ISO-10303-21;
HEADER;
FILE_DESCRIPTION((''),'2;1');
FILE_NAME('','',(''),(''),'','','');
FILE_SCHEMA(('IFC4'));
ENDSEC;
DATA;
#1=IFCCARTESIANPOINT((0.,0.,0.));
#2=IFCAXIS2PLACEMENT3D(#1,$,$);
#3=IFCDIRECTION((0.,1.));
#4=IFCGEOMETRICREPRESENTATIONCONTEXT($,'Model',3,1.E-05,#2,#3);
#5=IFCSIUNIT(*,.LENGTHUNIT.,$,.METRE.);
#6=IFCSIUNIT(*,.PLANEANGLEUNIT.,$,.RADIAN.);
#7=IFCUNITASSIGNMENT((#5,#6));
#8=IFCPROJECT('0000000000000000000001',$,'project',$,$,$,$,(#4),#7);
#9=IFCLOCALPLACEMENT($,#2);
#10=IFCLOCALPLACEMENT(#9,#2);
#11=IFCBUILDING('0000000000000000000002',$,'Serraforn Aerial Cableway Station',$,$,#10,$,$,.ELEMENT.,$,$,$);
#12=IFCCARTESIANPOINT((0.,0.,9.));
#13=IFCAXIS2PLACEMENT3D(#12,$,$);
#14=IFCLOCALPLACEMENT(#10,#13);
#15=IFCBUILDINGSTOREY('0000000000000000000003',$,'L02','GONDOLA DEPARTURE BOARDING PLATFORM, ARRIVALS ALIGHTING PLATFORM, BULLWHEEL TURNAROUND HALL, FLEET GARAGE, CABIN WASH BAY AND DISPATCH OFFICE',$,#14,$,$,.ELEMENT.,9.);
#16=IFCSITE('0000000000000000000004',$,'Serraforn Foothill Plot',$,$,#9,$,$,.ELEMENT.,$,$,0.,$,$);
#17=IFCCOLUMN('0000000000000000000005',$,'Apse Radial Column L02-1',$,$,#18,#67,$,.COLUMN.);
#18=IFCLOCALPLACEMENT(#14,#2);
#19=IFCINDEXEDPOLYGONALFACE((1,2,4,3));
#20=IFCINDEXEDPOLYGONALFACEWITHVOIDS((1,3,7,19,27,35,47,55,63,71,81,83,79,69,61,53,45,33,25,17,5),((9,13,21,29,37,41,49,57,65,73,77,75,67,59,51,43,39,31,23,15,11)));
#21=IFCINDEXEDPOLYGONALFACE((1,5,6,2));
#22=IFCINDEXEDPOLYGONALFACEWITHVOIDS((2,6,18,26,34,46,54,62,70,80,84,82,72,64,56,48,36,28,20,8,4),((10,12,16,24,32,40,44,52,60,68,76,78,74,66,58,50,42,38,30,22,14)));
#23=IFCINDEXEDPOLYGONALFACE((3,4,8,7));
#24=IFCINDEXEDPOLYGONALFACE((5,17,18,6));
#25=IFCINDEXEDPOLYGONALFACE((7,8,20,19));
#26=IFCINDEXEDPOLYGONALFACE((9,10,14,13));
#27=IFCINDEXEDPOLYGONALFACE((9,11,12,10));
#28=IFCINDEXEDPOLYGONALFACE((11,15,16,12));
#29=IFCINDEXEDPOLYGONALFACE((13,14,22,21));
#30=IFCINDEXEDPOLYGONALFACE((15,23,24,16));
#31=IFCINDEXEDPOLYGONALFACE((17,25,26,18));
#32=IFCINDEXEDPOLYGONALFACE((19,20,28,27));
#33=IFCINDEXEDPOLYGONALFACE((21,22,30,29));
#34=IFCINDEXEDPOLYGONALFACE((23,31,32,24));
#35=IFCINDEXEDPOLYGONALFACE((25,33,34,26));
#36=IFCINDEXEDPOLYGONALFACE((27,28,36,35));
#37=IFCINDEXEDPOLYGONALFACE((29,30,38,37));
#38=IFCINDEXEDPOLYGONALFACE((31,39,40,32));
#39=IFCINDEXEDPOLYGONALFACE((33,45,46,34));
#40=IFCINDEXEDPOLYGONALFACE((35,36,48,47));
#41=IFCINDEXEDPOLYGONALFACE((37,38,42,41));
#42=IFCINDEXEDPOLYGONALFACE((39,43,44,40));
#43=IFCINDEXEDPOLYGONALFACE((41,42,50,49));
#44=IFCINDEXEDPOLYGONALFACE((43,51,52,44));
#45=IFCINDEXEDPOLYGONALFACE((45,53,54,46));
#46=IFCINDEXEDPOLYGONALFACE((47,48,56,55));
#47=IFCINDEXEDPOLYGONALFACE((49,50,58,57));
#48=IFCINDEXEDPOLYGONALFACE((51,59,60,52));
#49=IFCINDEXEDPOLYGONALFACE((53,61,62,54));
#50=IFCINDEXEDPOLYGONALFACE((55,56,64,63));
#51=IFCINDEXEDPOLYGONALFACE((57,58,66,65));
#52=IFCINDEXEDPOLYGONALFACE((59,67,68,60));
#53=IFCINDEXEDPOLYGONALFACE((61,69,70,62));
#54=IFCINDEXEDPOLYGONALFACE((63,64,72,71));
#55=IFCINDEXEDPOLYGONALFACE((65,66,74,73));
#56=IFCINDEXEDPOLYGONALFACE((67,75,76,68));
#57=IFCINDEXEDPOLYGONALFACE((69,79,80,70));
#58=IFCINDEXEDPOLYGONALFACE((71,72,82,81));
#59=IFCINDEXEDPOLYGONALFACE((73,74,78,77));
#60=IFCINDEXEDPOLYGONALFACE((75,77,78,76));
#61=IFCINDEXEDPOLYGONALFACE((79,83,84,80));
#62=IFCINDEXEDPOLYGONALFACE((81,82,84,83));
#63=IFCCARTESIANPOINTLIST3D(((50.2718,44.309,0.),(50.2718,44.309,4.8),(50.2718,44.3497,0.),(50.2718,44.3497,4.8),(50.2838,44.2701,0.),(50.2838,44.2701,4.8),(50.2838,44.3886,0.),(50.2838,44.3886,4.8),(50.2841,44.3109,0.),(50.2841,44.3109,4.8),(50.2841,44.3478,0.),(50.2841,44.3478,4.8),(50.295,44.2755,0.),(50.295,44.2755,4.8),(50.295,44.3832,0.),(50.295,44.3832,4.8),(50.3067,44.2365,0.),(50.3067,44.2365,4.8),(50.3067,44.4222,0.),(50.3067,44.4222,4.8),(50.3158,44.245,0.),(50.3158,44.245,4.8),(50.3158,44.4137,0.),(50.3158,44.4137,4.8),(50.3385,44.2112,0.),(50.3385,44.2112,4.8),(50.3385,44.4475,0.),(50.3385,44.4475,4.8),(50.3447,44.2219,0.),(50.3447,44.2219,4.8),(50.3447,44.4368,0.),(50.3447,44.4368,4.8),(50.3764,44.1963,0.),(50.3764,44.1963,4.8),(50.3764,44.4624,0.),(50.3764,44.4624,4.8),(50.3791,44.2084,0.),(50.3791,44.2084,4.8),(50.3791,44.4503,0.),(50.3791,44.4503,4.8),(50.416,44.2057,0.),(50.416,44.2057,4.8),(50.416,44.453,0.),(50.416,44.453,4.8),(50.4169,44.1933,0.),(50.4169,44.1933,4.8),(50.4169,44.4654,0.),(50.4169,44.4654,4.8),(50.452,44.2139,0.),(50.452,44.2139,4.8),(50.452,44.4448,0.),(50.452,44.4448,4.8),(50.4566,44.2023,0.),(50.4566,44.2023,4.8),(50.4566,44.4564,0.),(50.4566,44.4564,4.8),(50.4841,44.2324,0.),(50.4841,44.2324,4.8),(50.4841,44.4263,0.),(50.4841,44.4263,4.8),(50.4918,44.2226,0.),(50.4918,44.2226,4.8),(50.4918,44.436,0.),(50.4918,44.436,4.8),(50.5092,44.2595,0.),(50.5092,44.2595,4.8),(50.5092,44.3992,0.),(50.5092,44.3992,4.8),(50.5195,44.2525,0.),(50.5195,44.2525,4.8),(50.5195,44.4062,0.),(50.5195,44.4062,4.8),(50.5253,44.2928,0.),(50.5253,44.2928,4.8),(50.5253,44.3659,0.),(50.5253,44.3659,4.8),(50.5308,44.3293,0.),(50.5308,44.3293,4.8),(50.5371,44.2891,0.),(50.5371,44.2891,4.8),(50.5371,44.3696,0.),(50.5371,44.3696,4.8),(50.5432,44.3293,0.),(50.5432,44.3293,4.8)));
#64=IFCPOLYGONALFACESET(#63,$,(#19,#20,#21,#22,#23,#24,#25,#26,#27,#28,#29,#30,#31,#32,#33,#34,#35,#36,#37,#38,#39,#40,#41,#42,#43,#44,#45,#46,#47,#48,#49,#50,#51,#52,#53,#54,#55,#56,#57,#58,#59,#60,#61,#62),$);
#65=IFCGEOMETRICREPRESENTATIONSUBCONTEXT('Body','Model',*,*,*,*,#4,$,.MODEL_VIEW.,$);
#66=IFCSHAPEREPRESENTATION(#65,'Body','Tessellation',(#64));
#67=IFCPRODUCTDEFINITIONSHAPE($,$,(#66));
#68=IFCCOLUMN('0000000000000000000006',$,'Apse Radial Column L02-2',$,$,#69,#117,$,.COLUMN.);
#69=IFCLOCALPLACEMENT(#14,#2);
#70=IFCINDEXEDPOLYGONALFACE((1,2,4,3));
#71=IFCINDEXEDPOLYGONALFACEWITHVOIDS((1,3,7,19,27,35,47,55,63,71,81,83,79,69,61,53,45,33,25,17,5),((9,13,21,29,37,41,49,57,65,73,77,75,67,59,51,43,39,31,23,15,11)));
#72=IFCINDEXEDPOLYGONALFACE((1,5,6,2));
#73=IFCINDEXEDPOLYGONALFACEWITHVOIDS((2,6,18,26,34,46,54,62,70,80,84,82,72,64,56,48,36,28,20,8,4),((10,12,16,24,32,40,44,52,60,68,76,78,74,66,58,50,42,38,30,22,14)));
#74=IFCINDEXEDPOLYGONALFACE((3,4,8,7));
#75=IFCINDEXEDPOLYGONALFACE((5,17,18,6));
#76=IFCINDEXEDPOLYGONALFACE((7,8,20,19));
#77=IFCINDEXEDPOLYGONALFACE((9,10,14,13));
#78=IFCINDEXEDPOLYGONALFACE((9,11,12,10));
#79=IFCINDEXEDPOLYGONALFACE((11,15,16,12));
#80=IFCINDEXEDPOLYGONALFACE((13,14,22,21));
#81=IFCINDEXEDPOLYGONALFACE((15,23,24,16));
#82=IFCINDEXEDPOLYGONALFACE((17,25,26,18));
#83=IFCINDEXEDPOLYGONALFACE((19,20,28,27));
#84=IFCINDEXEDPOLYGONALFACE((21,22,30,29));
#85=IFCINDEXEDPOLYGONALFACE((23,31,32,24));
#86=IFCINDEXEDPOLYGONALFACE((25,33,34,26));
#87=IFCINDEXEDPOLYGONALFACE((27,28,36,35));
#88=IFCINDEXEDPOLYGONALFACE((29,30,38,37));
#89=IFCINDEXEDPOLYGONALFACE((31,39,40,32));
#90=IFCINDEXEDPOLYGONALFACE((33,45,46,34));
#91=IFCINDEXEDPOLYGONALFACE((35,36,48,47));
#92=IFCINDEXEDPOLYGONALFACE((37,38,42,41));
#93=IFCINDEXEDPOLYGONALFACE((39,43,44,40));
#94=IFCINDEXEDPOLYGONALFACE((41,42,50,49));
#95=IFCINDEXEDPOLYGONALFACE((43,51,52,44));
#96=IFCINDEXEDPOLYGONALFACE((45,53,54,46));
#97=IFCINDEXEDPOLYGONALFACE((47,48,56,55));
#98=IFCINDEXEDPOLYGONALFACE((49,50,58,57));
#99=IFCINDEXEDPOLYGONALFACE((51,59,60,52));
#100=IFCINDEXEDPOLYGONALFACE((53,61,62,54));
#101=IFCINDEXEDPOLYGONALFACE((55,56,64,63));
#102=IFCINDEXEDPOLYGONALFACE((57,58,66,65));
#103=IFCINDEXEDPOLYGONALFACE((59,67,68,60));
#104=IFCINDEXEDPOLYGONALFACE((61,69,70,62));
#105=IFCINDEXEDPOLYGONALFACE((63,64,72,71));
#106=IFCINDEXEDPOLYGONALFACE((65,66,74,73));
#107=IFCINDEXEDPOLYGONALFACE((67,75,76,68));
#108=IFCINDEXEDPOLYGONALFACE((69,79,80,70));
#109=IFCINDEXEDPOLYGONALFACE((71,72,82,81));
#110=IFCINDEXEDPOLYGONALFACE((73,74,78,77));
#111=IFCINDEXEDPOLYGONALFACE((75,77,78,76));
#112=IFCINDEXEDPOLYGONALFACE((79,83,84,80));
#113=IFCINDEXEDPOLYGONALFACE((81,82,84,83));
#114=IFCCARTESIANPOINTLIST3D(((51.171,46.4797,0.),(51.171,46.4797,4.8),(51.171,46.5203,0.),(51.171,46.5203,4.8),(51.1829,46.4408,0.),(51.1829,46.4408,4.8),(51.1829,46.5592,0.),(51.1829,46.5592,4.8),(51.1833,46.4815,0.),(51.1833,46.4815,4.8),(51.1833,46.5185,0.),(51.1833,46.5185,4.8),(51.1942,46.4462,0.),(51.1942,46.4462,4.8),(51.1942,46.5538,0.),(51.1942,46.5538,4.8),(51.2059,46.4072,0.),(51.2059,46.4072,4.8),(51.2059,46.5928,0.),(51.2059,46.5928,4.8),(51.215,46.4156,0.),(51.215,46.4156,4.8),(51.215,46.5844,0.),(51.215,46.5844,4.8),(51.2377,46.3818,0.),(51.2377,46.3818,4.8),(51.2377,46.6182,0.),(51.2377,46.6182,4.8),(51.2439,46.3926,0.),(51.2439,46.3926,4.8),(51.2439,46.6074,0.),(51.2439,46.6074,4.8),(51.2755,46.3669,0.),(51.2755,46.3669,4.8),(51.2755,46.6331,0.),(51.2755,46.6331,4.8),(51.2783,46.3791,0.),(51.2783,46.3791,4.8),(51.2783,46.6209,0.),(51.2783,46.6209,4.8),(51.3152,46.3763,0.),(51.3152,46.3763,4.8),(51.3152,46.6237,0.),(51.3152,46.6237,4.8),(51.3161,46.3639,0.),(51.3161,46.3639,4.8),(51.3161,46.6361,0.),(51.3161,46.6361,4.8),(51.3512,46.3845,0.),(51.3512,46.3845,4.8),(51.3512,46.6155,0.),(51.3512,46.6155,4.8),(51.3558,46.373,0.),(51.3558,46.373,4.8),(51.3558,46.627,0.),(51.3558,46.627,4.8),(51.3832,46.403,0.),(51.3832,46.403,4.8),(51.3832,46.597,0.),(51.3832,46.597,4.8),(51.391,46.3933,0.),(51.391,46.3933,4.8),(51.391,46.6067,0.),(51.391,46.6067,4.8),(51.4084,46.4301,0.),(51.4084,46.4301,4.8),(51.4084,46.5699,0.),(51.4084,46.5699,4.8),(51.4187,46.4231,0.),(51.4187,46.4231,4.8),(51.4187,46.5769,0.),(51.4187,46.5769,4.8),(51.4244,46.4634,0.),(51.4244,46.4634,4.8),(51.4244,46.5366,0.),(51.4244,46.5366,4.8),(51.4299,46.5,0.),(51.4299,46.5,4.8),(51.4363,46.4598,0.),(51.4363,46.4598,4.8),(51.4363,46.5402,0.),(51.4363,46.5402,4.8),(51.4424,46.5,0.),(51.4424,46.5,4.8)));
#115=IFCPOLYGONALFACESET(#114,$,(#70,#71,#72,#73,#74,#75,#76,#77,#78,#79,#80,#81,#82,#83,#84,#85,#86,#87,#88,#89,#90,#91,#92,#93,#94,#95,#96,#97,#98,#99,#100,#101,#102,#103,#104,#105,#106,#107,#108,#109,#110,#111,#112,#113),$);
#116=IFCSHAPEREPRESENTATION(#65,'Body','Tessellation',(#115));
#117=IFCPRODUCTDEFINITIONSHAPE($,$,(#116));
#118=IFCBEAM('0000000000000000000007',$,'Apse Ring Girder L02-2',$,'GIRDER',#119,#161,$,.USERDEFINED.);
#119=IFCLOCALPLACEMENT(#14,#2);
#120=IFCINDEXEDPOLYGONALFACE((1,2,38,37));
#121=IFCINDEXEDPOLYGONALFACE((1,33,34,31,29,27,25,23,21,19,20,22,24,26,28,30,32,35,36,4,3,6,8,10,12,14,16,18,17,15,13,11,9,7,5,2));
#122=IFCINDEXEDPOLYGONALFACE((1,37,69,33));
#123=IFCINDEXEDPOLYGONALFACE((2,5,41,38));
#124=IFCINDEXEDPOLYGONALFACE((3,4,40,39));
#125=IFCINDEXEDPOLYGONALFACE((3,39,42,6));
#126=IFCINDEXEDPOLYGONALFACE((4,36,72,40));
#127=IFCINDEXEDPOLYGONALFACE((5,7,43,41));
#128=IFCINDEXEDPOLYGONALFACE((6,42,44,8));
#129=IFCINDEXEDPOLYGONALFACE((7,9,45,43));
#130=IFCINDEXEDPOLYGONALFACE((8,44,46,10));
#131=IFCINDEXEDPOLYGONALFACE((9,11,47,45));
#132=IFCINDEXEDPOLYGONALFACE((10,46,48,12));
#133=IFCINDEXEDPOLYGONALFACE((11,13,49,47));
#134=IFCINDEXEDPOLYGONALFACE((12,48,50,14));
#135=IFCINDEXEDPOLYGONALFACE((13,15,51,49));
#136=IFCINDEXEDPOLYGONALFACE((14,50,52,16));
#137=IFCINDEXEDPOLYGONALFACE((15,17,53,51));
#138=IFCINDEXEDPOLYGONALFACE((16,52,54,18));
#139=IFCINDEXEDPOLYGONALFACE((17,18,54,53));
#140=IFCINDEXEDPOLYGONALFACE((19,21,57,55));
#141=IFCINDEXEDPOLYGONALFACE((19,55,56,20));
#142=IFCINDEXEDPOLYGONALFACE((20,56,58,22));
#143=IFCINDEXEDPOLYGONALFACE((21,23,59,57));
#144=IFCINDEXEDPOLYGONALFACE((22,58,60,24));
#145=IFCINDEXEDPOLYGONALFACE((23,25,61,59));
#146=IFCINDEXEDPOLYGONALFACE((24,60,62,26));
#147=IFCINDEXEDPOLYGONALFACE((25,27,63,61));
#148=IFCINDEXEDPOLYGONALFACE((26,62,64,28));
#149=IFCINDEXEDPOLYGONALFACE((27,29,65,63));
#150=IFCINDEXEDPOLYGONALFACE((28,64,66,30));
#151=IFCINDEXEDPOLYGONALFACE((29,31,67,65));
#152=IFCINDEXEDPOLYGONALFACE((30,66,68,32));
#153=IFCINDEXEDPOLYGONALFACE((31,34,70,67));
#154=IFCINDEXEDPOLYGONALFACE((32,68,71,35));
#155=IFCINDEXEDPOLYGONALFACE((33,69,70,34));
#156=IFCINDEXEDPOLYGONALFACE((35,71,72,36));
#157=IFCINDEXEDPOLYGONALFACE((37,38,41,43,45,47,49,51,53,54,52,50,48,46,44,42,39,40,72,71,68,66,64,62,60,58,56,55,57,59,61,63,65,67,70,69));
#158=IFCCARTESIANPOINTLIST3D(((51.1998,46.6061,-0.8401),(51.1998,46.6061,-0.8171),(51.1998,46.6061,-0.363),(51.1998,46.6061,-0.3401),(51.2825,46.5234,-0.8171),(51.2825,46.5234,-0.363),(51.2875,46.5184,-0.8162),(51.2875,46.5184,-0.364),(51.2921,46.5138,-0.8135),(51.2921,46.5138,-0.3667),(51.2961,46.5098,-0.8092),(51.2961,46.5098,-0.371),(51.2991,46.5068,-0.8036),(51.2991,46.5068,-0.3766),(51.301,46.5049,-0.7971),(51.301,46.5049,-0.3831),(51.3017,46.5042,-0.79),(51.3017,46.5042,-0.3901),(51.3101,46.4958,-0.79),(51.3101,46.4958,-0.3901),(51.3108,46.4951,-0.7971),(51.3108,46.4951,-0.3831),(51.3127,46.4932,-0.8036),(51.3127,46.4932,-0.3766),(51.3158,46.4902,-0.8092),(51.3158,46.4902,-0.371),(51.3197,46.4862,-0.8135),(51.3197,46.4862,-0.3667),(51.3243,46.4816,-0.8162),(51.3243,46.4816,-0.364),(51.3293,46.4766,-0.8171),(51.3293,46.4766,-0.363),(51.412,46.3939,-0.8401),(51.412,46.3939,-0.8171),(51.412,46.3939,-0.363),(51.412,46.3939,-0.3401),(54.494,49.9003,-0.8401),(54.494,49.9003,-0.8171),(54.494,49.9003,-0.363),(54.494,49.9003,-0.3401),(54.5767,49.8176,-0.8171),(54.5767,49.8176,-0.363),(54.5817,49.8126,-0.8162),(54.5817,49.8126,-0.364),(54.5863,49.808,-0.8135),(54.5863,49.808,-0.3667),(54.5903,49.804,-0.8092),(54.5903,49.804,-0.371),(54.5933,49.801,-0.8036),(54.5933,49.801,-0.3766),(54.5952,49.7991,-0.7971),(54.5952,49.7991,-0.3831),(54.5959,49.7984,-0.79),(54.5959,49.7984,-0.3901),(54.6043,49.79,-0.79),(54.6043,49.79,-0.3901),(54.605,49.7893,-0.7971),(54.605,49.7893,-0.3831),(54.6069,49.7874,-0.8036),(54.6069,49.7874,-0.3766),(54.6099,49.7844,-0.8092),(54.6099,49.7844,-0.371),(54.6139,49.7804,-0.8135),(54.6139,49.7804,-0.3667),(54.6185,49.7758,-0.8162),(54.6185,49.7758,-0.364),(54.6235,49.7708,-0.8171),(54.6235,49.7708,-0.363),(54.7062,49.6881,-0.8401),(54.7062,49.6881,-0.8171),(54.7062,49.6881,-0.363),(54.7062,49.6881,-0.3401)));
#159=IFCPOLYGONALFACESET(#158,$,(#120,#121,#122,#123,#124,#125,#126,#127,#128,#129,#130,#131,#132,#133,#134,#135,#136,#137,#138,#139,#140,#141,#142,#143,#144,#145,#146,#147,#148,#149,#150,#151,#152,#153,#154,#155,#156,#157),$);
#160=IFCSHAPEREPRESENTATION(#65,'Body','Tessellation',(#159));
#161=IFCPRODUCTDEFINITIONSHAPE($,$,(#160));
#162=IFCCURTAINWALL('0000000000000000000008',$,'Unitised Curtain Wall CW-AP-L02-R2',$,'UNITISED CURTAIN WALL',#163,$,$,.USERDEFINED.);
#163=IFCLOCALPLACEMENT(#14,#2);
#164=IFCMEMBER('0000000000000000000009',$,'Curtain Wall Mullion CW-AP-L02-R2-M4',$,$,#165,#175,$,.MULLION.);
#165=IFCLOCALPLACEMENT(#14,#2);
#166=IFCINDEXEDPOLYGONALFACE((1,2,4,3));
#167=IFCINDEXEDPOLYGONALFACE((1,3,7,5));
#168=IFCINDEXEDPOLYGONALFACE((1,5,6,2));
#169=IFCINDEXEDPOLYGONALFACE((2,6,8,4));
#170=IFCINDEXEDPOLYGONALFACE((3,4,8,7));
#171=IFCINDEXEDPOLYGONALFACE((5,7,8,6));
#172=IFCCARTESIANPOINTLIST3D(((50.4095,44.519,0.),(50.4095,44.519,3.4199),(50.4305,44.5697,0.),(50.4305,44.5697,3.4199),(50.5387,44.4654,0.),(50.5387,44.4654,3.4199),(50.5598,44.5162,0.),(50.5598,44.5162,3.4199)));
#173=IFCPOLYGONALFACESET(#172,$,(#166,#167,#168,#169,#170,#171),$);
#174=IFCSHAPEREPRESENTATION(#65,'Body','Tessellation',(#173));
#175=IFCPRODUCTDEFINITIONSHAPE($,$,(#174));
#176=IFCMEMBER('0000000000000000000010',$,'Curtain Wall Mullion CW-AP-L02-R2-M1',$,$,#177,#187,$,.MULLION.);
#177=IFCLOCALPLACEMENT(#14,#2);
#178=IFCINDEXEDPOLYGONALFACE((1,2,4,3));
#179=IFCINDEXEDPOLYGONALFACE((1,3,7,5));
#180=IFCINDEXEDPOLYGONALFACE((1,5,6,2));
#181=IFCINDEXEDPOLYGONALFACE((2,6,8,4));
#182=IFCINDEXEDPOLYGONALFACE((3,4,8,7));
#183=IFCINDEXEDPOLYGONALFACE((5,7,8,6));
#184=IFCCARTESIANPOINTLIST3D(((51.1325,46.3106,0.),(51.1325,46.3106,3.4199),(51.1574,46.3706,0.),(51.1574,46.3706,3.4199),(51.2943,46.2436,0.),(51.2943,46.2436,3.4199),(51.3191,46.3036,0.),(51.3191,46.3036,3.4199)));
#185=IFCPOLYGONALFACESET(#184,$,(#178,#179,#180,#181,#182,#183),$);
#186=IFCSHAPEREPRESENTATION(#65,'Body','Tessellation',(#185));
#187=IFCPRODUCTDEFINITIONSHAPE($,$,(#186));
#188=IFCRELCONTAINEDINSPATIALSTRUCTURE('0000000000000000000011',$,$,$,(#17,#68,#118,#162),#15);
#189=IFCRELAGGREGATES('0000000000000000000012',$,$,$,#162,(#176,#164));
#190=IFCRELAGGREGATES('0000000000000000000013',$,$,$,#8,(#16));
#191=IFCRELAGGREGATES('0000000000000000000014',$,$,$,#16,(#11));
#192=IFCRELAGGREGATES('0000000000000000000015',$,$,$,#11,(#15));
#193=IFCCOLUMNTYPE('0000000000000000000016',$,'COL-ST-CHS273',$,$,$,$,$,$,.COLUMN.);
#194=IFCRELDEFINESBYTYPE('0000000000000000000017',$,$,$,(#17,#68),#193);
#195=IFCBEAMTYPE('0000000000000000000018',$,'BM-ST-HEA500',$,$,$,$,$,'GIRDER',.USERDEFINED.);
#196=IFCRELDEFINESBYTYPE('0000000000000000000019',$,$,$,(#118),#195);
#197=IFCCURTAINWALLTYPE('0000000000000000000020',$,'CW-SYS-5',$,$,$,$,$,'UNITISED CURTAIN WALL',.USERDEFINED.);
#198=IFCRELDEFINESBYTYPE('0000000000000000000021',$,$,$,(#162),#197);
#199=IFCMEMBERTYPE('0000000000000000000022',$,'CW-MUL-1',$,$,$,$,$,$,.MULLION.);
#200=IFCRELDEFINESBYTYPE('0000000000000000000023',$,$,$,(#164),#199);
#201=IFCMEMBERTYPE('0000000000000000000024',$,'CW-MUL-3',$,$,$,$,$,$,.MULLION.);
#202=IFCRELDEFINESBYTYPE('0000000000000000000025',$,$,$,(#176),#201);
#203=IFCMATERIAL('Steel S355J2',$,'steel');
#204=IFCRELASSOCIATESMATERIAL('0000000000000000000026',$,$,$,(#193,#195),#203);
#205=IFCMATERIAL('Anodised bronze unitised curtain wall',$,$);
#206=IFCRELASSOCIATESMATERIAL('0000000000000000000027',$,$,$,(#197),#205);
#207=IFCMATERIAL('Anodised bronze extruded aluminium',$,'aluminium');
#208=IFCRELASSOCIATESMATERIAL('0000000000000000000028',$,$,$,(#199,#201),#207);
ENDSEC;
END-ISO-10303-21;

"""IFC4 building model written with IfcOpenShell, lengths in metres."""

from ifc_helpers import new_model, si_unit, direction, frame, origin, origin_2d, place, context, subcontext, project, spatial, rectangle, hollow_circle, i_section, extrude, material, material_profile, profile_set, type_object, element, aggregate, save


model = new_model("IFC4")

# Units and contexts
model_context = context("Model", 3, precision=1e-05, world=origin(), true_north=direction((0.0, 1.0)))
body_context = subcontext(model_context, "Body", "Model", "MODEL_VIEW")
ifc_project = project(units=[si_unit("LENGTHUNIT", "METRE"), si_unit("PLANEANGLEUNIT", "RADIAN")], contexts=[model_context])

# Site, building, storey
site_placement = place(None, origin())
site = spatial("IfcSite", under=ifc_project, at=site_placement, Name="Serraforn Foothill Plot", CompositionType="ELEMENT", RefElevation=0.0)
building_placement = place(site_placement, origin())
building = spatial("IfcBuilding", under=site, at=building_placement, Name="Serraforn Aerial Cableway Station", CompositionType="ELEMENT")
storey_placement = place(building_placement, frame((0.0, 0.0, 9.0)))
storey = spatial("IfcBuildingStorey", under=building, at=storey_placement, Name="L02", Description="GONDOLA DEPARTURE BOARDING PLATFORM, ARRIVALS ALIGHTING PLATFORM, BULLWHEEL TURNAROUND HALL, FLEET GARAGE, CABIN WASH BAY AND DISPATCH OFFICE", CompositionType="ELEMENT", Elevation=9.0)

# Columns
ifc_material_1 = material(Name="Steel S355J2", Category="steel")
ifc_material_profile_1 = material_profile(ifc_material_1, hollow_circle(Radius=0.1365, WallThickness=0.0125, at=origin_2d()), Name="CHS 273.0x12.5")
ifc_profile_set_1 = profile_set([ifc_material_profile_1], Name="Steel S355J2")
column_type = type_object("IfcColumnType", Name="COL-ST-CHS273", PredefinedType="COLUMN", material=ifc_profile_set_1)
for number, where, z_axis, x_axis, name in (
    (1, (50.4067, 44.3293, 0.0), (0.0, 0.0, 1.0), (1.0, 0.0, 0.0), "Apse Radial Column L02-1"),
    (2, (51.3059, 46.5, 0.0), (0.0, 0.0, 1.0), (1.0, 0.0, 0.0), "Apse Radial Column L02-2"),
):
    element("IfcColumn", number, at=place(storey_placement, frame(where, z_axis=z_axis, x_axis=x_axis)), inside=storey, type_object=column_type, Name=name, PredefinedType="COLUMN", context=body_context, shape_type="SweptSolid", body=[
        extrude(hollow_circle(Radius=0.1365, WallThickness=0.0125, at=origin_2d()), origin(), (0.0, 0.0, 1.0), 4.8),
    ])

# Beam
ifc_material_profile_2 = material_profile(ifc_material_1, i_section(OverallWidth=0.3, OverallDepth=0.5, WebThickness=0.012, FlangeThickness=0.0229, FilletRadius=0.0271, at=origin_2d()), Name="HEA 500")
ifc_profile_set_2 = profile_set([ifc_material_profile_2], Name="Steel S355J2")
beam_type = type_object("IfcBeamType", Name="BM-ST-HEA500", ElementType="GIRDER", PredefinedType="USERDEFINED", material=ifc_profile_set_2)
beam_placement = place(storey_placement, frame((51.3059, 46.5, -0.5901), z_axis=(0.707107, 0.707107, 0.0), x_axis=(-0.707107, 0.707107, 0.0)))
element("IfcBeam", 3, at=beam_placement, inside=storey, type_object=beam_type, Name="Apse Ring Girder L02-2", ObjectType="GIRDER", PredefinedType="USERDEFINED", context=body_context, shape_type="SweptSolid", body=[
    extrude(i_section(OverallWidth=0.3, OverallDepth=0.5, WebThickness=0.012, FlangeThickness=0.0229, FilletRadius=0.0271, at=origin_2d()), origin(), (0.0, 0.0, 1.0), 4.6587),
])

# Curtain wall, members
ifc_material_2 = material(Name="Anodised bronze unitised curtain wall")
curtain_wall_type = type_object("IfcCurtainWallType", Name="CW-SYS-5", ElementType="UNITISED CURTAIN WALL", PredefinedType="USERDEFINED", material=ifc_material_2)
curtain_wall_placement = place(storey_placement, origin())
curtain_wall = element("IfcCurtainWall", 4, at=curtain_wall_placement, inside=storey, type_object=curtain_wall_type, Name="Unitised Curtain Wall CW-AP-L02-R2", ObjectType="UNITISED CURTAIN WALL", PredefinedType="USERDEFINED")
ifc_material_3 = material(Name="Anodised bronze extruded aluminium", Category="aluminium")
ifc_material_profile_3 = material_profile(ifc_material_3, rectangle(XDim=0.0549, YDim=0.1399, at=origin_2d()), Name="CW MULLION 55x140")
ifc_profile_set_3 = profile_set([ifc_material_profile_3], Name="Anodised bronze extruded aluminium")
member_type_1 = type_object("IfcMemberType", Name="CW-MUL-1", PredefinedType="MULLION", material=ifc_profile_set_3)
member_1_placement = place(storey_placement, frame((50.4846, 44.5176, 0.0), z_axis=(0.0, 0.0, 1.0), x_axis=(-0.382666, -0.923887, 0.0)))
member_1 = element("IfcMember", 5, at=member_1_placement, type_object=member_type_1, Name="Curtain Wall Mullion CW-AP-L02-R2-M4", PredefinedType="MULLION", context=body_context, shape_type="SweptSolid", body=[
    extrude(rectangle(XDim=0.0549, YDim=0.1399, at=origin_2d()), origin(), (0.0, 0.0, 1.0), 3.4199),
])
ifc_material_profile_4 = material_profile(ifc_material_3, rectangle(XDim=0.0649, YDim=0.175, at=origin_2d()), Name="CW MULLION 65x175")
ifc_profile_set_4 = profile_set([ifc_material_profile_4], Name="Anodised bronze extruded aluminium")
member_type_2 = type_object("IfcMemberType", Name="CW-MUL-3", PredefinedType="MULLION", material=ifc_profile_set_4)
member_2_placement = place(storey_placement, frame((51.2258, 46.3071, 0.0), z_axis=(0.0, 0.0, 1.0), x_axis=(-0.382666, -0.923887, 0.0)))
member_2 = element("IfcMember", 6, at=member_2_placement, type_object=member_type_2, Name="Curtain Wall Mullion CW-AP-L02-R2-M1", PredefinedType="MULLION", context=body_context, shape_type="SweptSolid", body=[
    extrude(rectangle(XDim=0.0649, YDim=0.175, at=origin_2d()), origin(), (0.0, 0.0, 1.0), 3.4199),
])
aggregate(curtain_wall, [member_2, member_1])

save(model, "model.ifc")
